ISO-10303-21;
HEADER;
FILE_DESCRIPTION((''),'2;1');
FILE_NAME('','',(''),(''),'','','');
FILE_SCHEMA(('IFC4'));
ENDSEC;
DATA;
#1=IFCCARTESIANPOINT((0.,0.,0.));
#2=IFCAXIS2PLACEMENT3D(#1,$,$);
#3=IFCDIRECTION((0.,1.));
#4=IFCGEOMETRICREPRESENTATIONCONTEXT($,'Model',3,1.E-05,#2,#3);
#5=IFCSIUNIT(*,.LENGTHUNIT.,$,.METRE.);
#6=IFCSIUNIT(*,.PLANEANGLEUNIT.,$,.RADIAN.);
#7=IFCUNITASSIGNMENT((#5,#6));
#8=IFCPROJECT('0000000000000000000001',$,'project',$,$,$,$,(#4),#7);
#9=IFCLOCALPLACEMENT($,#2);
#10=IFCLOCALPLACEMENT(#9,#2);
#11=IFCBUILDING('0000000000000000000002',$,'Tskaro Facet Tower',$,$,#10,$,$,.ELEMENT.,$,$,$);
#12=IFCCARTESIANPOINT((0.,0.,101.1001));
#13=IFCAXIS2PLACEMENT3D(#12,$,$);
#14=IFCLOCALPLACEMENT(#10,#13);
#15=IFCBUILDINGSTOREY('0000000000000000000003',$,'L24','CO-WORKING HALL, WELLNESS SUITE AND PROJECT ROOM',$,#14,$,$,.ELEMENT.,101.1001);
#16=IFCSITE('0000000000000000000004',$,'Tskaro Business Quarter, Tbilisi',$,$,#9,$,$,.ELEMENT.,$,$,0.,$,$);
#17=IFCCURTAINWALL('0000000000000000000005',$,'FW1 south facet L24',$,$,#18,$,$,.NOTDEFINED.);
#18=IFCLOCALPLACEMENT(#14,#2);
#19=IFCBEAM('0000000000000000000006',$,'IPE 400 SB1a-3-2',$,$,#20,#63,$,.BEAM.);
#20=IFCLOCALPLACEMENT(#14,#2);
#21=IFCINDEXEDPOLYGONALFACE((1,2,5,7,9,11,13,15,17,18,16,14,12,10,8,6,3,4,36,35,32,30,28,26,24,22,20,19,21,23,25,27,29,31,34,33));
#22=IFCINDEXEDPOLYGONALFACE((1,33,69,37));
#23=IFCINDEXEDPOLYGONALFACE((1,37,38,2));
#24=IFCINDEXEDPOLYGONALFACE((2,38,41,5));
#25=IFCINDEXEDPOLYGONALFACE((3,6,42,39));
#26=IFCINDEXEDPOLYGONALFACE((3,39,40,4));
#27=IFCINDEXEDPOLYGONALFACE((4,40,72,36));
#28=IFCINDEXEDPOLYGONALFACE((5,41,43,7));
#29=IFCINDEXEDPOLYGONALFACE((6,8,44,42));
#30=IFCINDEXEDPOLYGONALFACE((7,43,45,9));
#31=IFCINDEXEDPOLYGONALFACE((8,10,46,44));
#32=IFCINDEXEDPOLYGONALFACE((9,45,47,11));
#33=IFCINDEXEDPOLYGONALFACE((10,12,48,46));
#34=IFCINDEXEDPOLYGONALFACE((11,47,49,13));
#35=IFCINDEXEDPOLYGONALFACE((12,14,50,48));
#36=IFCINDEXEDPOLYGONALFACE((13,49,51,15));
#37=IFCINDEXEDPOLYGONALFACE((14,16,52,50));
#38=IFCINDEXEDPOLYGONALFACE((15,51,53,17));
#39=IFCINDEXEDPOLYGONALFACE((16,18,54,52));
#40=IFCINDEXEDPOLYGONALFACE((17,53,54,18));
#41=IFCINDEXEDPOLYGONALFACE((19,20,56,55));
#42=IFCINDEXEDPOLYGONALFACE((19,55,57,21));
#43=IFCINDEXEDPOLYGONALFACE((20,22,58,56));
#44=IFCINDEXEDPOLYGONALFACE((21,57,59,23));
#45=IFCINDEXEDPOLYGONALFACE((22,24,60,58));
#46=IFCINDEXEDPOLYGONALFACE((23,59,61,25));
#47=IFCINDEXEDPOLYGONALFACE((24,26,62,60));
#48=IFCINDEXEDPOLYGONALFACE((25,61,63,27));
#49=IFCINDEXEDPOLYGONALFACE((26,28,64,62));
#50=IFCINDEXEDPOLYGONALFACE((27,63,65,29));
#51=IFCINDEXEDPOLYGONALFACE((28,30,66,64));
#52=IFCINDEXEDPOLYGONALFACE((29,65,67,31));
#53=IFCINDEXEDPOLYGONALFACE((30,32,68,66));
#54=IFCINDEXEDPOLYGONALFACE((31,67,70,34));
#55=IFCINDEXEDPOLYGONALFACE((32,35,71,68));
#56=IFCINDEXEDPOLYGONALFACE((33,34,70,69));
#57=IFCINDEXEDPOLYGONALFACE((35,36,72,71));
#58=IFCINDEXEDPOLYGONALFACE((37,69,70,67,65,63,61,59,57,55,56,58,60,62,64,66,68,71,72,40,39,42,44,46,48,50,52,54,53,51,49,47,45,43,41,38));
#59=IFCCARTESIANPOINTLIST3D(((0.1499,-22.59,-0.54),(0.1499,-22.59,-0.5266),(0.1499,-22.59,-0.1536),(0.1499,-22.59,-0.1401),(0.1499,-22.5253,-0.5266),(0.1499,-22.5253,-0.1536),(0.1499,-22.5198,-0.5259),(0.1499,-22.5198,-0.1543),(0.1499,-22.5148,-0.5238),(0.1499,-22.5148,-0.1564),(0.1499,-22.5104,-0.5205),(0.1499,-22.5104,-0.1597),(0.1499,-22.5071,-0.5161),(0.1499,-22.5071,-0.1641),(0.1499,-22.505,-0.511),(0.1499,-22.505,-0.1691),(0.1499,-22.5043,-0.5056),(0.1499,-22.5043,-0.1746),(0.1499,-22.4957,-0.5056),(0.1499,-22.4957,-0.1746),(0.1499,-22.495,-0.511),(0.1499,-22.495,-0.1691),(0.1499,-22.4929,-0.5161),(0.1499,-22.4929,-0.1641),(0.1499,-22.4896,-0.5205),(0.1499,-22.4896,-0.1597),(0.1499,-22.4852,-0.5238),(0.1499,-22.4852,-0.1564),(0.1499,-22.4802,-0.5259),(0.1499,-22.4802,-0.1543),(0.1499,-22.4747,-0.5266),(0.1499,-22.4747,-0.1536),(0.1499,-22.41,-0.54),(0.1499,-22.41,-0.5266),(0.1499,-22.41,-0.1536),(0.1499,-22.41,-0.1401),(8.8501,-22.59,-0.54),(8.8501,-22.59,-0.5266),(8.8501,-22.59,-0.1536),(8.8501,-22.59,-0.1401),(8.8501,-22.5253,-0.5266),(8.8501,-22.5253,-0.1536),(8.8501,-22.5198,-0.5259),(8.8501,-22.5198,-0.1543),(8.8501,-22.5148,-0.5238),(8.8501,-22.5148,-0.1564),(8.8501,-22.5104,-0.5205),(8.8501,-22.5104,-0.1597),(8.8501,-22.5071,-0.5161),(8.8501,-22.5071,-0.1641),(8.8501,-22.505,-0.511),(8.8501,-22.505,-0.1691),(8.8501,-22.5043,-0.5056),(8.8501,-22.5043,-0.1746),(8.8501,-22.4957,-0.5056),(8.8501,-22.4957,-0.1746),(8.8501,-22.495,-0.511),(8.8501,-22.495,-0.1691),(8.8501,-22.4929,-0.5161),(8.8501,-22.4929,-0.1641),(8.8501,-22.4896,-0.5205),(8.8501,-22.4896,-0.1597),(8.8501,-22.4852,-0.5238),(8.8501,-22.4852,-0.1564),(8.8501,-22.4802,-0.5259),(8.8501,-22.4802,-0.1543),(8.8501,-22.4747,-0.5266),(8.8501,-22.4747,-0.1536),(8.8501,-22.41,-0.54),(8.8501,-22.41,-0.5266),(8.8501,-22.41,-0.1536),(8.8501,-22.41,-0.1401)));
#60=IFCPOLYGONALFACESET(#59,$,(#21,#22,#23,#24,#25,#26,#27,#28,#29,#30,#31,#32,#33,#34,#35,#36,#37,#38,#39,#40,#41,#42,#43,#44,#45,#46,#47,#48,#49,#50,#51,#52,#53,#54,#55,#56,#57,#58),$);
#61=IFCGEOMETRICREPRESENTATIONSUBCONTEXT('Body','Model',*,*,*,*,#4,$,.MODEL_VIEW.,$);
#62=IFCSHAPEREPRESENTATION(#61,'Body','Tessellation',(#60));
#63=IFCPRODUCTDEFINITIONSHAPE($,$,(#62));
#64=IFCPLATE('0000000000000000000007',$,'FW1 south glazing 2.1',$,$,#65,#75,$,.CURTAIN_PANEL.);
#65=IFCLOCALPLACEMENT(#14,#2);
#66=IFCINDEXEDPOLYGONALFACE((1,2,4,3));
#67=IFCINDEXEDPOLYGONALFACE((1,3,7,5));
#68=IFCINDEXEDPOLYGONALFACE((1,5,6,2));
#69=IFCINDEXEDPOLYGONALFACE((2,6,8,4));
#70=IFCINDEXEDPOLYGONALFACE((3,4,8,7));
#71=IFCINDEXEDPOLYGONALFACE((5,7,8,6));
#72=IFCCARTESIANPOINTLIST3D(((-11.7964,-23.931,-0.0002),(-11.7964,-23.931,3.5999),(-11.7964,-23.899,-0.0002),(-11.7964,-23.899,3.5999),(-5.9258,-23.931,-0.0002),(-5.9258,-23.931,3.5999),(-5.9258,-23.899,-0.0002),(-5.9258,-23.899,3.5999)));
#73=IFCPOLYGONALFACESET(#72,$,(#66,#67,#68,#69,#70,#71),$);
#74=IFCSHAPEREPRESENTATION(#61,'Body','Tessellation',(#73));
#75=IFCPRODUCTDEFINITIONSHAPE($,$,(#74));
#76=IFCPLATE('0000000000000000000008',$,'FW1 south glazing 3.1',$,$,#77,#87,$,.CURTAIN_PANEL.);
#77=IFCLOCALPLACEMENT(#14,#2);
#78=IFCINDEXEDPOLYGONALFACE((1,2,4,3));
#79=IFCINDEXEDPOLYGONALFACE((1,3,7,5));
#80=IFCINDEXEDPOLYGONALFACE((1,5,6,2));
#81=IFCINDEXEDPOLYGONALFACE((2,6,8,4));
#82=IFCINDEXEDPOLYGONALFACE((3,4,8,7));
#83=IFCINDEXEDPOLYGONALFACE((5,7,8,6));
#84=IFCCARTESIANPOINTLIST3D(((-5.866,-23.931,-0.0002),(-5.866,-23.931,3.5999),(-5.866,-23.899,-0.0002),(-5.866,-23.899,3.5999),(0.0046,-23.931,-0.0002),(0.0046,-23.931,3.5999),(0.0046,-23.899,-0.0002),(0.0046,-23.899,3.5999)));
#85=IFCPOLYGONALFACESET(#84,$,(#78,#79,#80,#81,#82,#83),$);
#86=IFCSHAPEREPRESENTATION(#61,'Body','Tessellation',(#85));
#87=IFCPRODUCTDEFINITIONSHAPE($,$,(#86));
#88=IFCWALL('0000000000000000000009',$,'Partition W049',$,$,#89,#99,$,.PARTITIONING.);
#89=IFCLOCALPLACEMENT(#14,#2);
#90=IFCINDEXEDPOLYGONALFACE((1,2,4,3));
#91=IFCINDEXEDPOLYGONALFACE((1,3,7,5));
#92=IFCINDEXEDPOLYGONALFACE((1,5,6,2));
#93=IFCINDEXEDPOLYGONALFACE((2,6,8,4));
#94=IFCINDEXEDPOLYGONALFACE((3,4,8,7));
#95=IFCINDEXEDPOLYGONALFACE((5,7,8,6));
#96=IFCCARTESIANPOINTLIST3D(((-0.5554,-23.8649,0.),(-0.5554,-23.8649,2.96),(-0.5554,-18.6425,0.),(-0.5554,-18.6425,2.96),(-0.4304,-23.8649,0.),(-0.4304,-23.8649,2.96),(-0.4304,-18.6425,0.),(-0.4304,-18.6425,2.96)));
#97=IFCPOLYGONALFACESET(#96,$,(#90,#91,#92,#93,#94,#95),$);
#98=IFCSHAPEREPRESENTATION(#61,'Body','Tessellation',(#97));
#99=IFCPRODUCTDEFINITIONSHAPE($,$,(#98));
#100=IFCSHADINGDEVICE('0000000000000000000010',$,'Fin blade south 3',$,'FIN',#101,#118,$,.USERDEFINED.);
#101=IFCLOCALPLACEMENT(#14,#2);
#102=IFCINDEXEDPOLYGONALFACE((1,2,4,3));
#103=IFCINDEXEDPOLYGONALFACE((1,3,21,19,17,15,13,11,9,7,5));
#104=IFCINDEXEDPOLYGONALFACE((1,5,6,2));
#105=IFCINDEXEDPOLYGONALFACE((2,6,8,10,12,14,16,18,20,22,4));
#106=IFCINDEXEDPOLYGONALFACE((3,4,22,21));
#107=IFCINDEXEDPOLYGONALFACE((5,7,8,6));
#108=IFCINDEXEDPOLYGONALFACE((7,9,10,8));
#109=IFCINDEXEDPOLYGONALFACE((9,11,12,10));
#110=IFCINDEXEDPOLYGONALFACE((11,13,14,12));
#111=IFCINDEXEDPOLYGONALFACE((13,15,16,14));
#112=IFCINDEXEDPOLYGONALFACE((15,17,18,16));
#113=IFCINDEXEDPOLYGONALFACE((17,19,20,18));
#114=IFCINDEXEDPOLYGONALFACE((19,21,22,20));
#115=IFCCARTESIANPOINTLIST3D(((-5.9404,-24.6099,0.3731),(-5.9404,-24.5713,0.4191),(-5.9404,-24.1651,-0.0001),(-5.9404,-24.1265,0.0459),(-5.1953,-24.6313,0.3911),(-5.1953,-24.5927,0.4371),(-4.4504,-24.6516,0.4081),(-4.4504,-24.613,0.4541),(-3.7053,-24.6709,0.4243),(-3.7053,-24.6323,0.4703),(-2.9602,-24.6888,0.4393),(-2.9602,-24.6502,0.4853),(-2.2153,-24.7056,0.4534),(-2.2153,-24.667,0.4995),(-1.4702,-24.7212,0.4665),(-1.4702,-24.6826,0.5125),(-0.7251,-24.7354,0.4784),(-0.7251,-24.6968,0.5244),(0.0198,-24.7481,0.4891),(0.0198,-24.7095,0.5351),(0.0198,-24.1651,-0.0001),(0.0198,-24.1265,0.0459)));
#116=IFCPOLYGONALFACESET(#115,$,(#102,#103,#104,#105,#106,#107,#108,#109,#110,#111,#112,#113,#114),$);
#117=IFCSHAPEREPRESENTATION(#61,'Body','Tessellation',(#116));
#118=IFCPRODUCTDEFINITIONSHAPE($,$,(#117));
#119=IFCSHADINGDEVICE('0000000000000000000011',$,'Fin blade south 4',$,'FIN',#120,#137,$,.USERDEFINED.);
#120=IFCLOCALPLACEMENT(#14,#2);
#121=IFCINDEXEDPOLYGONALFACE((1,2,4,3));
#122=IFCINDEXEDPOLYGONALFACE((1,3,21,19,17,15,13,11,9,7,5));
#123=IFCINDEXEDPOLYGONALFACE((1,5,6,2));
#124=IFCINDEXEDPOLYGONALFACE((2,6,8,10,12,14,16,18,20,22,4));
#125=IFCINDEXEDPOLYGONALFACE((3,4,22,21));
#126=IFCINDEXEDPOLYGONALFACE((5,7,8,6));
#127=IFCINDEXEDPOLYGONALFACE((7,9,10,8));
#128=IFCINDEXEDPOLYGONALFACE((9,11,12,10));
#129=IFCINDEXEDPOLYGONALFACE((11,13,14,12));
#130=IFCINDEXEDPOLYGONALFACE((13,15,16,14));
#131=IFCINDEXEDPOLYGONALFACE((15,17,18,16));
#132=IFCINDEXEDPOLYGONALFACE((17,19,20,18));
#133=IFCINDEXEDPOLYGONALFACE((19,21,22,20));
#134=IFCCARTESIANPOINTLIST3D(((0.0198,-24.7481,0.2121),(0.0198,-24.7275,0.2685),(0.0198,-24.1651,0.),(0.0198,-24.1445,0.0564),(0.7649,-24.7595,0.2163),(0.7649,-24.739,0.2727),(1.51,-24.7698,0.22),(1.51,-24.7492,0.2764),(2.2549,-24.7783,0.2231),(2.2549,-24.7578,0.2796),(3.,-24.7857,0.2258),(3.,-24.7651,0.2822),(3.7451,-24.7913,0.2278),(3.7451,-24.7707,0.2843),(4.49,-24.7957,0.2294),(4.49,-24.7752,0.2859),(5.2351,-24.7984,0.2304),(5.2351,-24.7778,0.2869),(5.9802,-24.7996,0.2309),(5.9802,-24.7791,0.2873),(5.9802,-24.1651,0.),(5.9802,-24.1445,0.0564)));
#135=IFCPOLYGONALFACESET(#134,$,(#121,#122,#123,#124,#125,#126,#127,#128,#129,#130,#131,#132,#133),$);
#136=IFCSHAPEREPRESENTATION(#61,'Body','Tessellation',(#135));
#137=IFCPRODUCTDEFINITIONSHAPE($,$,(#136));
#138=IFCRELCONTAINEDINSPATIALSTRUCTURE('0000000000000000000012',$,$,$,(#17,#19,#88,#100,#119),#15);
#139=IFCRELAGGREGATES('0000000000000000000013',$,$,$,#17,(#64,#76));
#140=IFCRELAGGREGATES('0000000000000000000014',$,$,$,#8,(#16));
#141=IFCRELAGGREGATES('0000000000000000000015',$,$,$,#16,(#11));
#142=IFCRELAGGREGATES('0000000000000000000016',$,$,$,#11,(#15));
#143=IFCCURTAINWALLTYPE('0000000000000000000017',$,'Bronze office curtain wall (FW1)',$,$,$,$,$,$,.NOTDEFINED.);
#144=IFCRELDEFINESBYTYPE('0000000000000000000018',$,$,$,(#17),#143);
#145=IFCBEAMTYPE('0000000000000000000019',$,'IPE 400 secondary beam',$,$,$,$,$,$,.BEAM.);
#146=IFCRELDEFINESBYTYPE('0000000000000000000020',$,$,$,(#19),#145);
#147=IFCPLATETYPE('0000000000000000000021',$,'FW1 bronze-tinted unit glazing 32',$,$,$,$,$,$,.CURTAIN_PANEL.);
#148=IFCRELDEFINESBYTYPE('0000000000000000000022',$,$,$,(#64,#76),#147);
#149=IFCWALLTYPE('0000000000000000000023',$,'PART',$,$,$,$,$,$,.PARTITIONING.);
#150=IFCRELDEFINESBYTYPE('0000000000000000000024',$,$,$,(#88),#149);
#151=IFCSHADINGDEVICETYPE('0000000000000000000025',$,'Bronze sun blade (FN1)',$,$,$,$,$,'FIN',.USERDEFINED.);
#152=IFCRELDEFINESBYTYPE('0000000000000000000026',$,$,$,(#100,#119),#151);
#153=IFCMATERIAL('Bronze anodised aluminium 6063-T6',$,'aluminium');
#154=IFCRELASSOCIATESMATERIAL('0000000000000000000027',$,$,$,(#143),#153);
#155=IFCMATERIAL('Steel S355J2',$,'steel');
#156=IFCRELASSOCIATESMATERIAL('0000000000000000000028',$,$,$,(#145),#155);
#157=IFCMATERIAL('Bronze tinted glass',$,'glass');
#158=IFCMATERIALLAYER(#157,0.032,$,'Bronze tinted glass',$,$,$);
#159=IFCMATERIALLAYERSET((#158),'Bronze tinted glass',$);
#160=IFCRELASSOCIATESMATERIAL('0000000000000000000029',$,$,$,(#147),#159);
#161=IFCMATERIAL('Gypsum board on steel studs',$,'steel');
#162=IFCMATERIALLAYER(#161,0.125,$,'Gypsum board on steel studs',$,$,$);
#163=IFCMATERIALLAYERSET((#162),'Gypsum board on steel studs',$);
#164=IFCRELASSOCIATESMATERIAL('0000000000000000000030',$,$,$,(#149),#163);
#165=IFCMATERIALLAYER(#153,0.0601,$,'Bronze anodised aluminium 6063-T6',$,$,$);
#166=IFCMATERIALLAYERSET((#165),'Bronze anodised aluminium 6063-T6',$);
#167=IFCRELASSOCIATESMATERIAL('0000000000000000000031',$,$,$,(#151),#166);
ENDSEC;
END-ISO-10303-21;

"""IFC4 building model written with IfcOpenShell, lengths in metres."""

from ifc_helpers import new_model, si_unit, direction, frame, frame_2d, origin, origin_2d, place, context, subcontext, project, spatial, polyline, rectangle, i_section, outline, extrude, material, layer, layer_set, material_profile, profile_set, type_object, element, aggregate, save


model = new_model("IFC4")

# Units and contexts
model_context = context("Model", 3, precision=1e-05, world=origin(), true_north=direction((0.0, 1.0)))
body_context = subcontext(model_context, "Body", "Model", "MODEL_VIEW")
ifc_project = project(units=[si_unit("LENGTHUNIT", "METRE"), si_unit("PLANEANGLEUNIT", "RADIAN")], contexts=[model_context])

# Site, building, storey
site_placement = place(None, origin())
site = spatial("IfcSite", under=ifc_project, at=site_placement, Name="Tskaro Business Quarter, Tbilisi", CompositionType="ELEMENT", RefElevation=0.0)
building_placement = place(site_placement, origin())
building = spatial("IfcBuilding", under=site, at=building_placement, Name="Tskaro Facet Tower", CompositionType="ELEMENT")
storey_placement = place(building_placement, frame((0.0, 0.0, 101.1001)))
storey = spatial("IfcBuildingStorey", under=building, at=storey_placement, Name="L24", Description="CO-WORKING HALL, WELLNESS SUITE AND PROJECT ROOM", CompositionType="ELEMENT", Elevation=101.1001)

# Curtain wall
ifc_material_1 = material(Name="Bronze anodised aluminium 6063-T6", Category="aluminium")
curtain_wall_type = type_object("IfcCurtainWallType", Name="Bronze office curtain wall (FW1)", PredefinedType="NOTDEFINED", material=ifc_material_1)
curtain_wall_placement = place(storey_placement, origin())
curtain_wall = element("IfcCurtainWall", 1, at=curtain_wall_placement, inside=storey, type_object=curtain_wall_type, Name="FW1 south facet L24", PredefinedType="NOTDEFINED")

# Beam
ifc_material_2 = material(Name="Steel S355J2", Category="steel")
ifc_material_profile_1 = material_profile(ifc_material_2, i_section(OverallWidth=0.1799, OverallDepth=0.3999, WebThickness=0.0085, FlangeThickness=0.0134, FilletRadius=0.021, at=origin_2d()), Name="IPE 400")
ifc_profile_set_1 = profile_set([ifc_material_profile_1], Name="Steel S355J2")
beam_type_1 = type_object("IfcBeamType", Name="IPE 400 secondary beam", PredefinedType="BEAM", material=ifc_profile_set_1)
for number, where, z_axis, x_axis, name in (
    (2, (0.1499, -22.5, -0.3401), (1.0, 0.0, 0.0), (0.0, 1.0, 0.0), "IPE 400 SB1a-3-2"),
):
    element("IfcBeam", number, at=place(storey_placement, frame(where, z_axis=z_axis, x_axis=x_axis)), inside=storey, type_object=beam_type_1, Name=name, PredefinedType="BEAM", context=body_context, shape_type="SweptSolid", body=[
        extrude(i_section(OverallWidth=0.1799, OverallDepth=0.3999, WebThickness=0.0085, FlangeThickness=0.0134, FilletRadius=0.021, at=origin_2d()), origin(), (0.0, 0.0, 1.0), 8.7002),
    ])

# Plates
ifc_material_3 = material(Name="Bronze tinted glass", Category="glass")
ifc_layer_1 = layer(ifc_material_3, 0.032, Name="Bronze tinted glass")
ifc_layer_set_1 = layer_set([ifc_layer_1], Name="Bronze tinted glass")
plate_type = type_object("IfcPlateType", Name="FW1 bronze-tinted unit glazing 32", PredefinedType="CURTAIN_PANEL", material=ifc_layer_set_1)
plate_1_placement = place(storey_placement, frame((-8.8611, -23.915, -0.0002), z_axis=(0.0, 0.0, 1.0), x_axis=(1.0, 0.0, 0.0)))
plate_1 = element("IfcPlate", 3, at=plate_1_placement, type_object=plate_type, Name="FW1 south glazing 2.1", PredefinedType="CURTAIN_PANEL", context=body_context, shape_type="SweptSolid", body=[
    extrude(rectangle(XDim=5.8706, YDim=0.032, at=origin_2d()), origin(), (0.0, 0.0, 1.0), 3.6001),
])
plate_2_placement = place(storey_placement, frame((-2.9307, -23.915, -0.0002), z_axis=(0.0, 0.0, 1.0), x_axis=(1.0, 0.0, 0.0)))
plate_2 = element("IfcPlate", 4, at=plate_2_placement, type_object=plate_type, Name="FW1 south glazing 3.1", PredefinedType="CURTAIN_PANEL", context=body_context, shape_type="SweptSolid", body=[
    extrude(rectangle(XDim=5.8706, YDim=0.032, at=origin_2d()), origin(), (0.0, 0.0, 1.0), 3.6001),
])
aggregate(curtain_wall, [plate_1, plate_2])

# Wall
ifc_material_4 = material(Name="Gypsum board on steel studs", Category="steel")
ifc_layer_2 = layer(ifc_material_4, 0.125, Name="Gypsum board on steel studs")
ifc_layer_set_2 = layer_set([ifc_layer_2], Name="Gypsum board on steel studs")
wall_type = type_object("IfcWallType", Name="PART", PredefinedType="PARTITIONING", material=ifc_layer_set_2)
wall_placement = place(storey_placement, frame((-0.4929, -23.865, 0.0), z_axis=(0.0, 0.0, 1.0), x_axis=(0.0, 1.0, 0.0)))
element("IfcWall", 5, at=wall_placement, inside=storey, type_object=wall_type, Name="Partition W049", PredefinedType="PARTITIONING", context=body_context, shape_type="SweptSolid", body=[
    extrude(rectangle(XDim=5.2224, YDim=0.125, at=frame_2d((2.6113, 0.0))), origin(), (0.0, 0.0, 1.0), 2.96),
])

# Shading devices
ifc_layer_3 = layer(ifc_material_1, 0.0601, Name="Bronze anodised aluminium 6063-T6")
ifc_layer_set_3 = layer_set([ifc_layer_3], Name="Bronze anodised aluminium 6063-T6")
shading_device_type = type_object("IfcShadingDeviceType", Name="Bronze sun blade (FN1)", ElementType="FIN", PredefinedType="USERDEFINED", material=ifc_layer_set_3)
shading_device_1_placement = place(storey_placement, frame((-5.9404, -24.1265, 0.0459), z_axis=(-0.000004, 0.642744, 0.766081), x_axis=(1.0, 0.000002, 0.000003)))
element("IfcShadingDevice", 6, at=shading_device_1_placement, inside=storey, type_object=shading_device_type, Name="Fin blade south 3", ObjectType="FIN", PredefinedType="USERDEFINED", context=body_context, shape_type="SweptSolid", body=[
    extrude(outline(polyline([(0.0, 0.0), (5.9602, 0.0), (5.9602, -0.7611), (5.2153, -0.7445), (4.4702, -0.7259), (3.7251, -0.7056), (2.9802, -0.6836), (2.2351, -0.6603), (1.49, -0.6351), (0.7451, -0.6086), (0.0, -0.5807), (0.0, 0.0)])), origin(), (0.0, 0.0, -1.0), 0.0601),
])
shading_device_2_placement = place(storey_placement, frame((0.0198, -24.1445, 0.0564), z_axis=(-0.000005, 0.341928, 0.939726), x_axis=(1.0, 0.000002, 0.000004)))
element("IfcShadingDevice", 7, at=shading_device_2_placement, inside=storey, type_object=shading_device_type, Name="Fin blade south 4", ObjectType="FIN", PredefinedType="USERDEFINED", context=body_context, shape_type="SweptSolid", body=[
    extrude(outline(polyline([(0.0, 0.0), (5.9604, 0.0), (5.9604, -0.6752), (5.2153, -0.6739), (4.4702, -0.6711), (3.7253, -0.6664), (2.9802, -0.6604), (2.2351, -0.6526), (1.4902, -0.6435), (0.7451, -0.6326), (0.0, -0.6204), (0.0, 0.0)])), origin(), (0.0, 0.0, -1.0), 0.0601),
])

save(model, "model.ifc")
